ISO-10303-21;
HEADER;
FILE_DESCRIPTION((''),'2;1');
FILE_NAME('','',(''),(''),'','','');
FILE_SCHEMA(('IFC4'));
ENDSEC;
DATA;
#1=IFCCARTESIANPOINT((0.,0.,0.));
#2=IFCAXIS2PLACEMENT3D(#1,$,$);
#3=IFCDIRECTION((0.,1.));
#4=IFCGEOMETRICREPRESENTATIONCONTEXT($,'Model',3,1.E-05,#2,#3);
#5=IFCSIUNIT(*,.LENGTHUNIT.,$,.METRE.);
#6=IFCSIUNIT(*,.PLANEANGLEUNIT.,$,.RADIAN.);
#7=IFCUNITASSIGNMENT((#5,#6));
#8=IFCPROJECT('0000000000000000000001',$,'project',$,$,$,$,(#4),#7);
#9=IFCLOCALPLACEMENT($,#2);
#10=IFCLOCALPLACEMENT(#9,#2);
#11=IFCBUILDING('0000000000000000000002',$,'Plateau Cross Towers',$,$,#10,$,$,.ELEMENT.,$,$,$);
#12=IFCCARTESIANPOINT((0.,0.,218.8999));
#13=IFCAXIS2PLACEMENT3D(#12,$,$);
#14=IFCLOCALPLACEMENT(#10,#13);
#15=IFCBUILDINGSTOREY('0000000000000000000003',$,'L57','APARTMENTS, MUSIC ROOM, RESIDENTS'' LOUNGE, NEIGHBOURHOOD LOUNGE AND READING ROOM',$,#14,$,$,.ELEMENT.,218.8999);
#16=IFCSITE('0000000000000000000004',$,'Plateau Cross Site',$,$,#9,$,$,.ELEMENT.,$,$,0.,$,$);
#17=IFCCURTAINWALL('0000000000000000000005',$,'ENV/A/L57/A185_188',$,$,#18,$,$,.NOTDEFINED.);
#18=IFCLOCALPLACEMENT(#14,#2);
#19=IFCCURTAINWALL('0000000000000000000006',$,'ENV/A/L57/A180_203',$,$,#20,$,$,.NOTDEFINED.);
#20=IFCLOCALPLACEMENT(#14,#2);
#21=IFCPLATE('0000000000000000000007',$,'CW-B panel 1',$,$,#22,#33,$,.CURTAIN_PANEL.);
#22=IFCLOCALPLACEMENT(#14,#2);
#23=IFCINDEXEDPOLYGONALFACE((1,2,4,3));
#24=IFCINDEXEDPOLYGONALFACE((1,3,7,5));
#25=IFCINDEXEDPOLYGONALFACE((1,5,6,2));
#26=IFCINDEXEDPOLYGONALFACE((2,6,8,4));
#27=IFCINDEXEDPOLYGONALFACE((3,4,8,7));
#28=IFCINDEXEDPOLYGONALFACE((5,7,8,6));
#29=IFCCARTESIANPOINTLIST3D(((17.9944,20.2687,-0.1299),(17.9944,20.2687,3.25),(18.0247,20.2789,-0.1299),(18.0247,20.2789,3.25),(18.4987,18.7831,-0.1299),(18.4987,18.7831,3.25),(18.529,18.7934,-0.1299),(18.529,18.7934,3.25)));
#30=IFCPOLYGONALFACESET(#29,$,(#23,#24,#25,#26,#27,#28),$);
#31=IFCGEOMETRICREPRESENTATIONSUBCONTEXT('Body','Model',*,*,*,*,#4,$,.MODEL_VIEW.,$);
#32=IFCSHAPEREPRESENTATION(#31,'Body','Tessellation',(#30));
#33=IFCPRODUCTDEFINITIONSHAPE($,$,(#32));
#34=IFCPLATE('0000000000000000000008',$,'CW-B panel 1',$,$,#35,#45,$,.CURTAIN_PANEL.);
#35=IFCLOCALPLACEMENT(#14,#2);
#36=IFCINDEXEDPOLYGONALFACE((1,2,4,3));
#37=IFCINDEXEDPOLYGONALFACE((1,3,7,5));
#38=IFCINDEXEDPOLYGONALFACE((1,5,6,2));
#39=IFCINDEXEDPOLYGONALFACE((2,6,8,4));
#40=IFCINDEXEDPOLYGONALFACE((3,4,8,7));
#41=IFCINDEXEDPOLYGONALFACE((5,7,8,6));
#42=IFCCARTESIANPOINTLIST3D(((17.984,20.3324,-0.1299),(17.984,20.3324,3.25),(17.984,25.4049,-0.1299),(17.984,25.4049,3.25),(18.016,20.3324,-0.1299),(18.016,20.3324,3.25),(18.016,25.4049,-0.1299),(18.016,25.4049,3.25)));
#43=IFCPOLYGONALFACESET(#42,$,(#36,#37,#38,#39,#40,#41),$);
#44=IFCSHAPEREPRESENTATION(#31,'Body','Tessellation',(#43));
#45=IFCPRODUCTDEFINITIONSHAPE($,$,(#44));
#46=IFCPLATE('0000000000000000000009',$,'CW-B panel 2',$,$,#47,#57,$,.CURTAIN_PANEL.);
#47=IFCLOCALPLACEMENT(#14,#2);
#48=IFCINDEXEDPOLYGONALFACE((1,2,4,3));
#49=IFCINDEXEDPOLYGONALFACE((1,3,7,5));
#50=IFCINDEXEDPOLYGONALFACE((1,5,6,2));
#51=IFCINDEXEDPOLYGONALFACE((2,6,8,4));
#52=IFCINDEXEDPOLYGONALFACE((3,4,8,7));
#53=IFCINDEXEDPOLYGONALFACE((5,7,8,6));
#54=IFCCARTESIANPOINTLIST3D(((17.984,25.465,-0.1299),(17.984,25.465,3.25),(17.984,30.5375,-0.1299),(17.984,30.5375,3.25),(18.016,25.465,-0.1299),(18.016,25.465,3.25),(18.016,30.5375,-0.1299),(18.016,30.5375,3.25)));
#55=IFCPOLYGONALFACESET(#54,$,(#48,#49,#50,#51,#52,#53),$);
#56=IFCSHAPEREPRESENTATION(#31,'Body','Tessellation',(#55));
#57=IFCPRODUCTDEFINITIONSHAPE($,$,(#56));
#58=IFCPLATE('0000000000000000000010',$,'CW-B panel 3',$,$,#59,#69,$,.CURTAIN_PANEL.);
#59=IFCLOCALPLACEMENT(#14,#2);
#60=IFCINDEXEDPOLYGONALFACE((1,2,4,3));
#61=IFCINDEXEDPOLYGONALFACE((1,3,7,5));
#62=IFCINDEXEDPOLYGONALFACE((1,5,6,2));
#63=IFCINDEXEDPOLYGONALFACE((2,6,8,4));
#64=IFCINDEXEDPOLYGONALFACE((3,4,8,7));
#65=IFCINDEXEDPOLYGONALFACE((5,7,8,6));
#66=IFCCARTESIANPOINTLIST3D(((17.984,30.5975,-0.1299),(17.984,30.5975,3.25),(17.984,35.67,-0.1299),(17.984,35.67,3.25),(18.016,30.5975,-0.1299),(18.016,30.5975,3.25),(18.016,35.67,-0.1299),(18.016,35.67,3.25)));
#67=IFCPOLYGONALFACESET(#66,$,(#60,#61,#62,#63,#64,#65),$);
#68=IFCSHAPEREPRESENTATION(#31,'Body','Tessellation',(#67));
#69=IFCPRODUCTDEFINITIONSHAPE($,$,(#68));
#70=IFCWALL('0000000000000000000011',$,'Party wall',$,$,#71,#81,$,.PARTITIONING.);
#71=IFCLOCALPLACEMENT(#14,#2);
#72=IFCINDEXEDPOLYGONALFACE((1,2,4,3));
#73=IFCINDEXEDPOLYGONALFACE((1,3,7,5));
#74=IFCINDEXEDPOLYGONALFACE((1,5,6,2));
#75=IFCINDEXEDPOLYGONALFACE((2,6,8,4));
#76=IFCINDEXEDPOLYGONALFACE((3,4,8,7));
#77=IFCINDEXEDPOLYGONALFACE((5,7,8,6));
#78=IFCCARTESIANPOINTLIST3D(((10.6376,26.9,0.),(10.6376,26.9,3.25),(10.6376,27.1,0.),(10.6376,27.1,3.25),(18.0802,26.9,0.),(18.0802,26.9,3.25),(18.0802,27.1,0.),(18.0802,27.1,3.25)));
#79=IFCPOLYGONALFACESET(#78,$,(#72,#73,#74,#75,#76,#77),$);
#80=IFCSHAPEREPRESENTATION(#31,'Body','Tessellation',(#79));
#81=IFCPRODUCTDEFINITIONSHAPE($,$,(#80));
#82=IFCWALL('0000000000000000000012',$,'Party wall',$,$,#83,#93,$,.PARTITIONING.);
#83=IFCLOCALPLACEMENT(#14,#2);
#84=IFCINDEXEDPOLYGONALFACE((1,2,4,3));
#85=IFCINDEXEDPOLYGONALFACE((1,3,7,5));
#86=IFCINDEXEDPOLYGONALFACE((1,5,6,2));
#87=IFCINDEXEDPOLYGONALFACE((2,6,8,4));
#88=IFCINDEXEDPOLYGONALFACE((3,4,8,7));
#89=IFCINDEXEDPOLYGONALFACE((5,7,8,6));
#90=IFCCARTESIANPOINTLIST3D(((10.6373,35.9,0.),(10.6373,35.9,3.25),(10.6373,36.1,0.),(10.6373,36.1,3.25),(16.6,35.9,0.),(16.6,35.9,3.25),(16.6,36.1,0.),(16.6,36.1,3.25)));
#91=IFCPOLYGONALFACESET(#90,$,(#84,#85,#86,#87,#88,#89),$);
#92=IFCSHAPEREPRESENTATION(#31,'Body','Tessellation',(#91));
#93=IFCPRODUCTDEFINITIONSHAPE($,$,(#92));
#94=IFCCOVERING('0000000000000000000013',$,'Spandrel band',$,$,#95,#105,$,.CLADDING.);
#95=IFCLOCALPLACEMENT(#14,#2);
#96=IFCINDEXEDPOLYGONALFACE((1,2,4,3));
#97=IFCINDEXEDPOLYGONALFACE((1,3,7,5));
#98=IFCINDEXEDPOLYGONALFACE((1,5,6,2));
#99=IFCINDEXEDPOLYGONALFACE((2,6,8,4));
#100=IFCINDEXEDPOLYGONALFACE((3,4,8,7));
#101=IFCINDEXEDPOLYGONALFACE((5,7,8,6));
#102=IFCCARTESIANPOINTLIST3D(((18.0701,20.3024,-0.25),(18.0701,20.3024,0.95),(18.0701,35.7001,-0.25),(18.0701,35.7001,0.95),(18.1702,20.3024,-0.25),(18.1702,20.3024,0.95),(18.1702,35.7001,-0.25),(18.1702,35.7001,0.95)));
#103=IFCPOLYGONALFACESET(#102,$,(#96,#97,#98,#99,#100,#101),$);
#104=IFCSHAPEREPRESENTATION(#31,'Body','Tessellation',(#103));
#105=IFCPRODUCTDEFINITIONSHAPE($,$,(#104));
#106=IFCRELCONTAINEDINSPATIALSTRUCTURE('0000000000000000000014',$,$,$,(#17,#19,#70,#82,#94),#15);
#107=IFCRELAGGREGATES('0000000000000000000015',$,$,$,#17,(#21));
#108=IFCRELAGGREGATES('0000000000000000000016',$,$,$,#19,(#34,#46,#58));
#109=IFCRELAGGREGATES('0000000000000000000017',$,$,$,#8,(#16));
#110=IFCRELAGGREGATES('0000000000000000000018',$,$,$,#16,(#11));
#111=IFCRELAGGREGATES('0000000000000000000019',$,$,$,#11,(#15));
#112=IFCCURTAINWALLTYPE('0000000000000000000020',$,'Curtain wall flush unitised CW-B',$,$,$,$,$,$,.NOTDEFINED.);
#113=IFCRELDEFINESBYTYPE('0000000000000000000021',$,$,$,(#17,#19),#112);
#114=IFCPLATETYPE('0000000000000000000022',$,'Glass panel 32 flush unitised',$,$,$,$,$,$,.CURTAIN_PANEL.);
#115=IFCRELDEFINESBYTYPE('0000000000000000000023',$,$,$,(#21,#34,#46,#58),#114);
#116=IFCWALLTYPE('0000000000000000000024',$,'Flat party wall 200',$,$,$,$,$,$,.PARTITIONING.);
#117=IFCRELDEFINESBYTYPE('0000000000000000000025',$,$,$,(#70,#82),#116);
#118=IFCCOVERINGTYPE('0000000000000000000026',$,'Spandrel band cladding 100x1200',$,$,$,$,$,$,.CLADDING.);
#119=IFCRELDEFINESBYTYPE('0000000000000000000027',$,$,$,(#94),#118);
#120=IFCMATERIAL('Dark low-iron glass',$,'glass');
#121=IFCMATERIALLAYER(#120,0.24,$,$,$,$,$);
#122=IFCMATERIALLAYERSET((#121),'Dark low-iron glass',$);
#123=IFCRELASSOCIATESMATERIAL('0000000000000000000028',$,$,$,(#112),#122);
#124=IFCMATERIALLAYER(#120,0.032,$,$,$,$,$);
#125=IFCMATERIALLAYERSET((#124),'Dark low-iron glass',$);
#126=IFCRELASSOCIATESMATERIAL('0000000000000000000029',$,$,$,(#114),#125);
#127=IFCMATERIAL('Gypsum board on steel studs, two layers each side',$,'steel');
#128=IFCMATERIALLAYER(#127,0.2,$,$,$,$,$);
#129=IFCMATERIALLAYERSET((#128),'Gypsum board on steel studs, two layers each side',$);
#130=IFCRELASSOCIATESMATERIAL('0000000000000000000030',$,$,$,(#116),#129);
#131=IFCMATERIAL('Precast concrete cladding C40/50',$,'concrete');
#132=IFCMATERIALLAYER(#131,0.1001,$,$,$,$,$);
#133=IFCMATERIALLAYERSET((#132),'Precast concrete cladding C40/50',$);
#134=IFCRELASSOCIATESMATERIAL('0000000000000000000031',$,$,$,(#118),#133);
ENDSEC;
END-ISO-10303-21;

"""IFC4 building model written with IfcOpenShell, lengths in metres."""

from ifc_helpers import new_model, si_unit, direction, frame, frame_2d, origin, origin_2d, place, context, subcontext, project, spatial, rectangle, extrude, material, layer, layer_set, type_object, element, aggregate, save


model = new_model("IFC4")

# Units and contexts
model_context = context("Model", 3, precision=1e-05, world=origin(), true_north=direction((0.0, 1.0)))
body_context = subcontext(model_context, "Body", "Model", "MODEL_VIEW")
ifc_project = project(units=[si_unit("LENGTHUNIT", "METRE"), si_unit("PLANEANGLEUNIT", "RADIAN")], contexts=[model_context])

# Site, building, storey
site_placement = place(None, origin())
site = spatial("IfcSite", under=ifc_project, at=site_placement, Name="Plateau Cross Site", CompositionType="ELEMENT", RefElevation=0.0)
building_placement = place(site_placement, origin())
building = spatial("IfcBuilding", under=site, at=building_placement, Name="Plateau Cross Towers", CompositionType="ELEMENT")
storey_placement = place(building_placement, frame((0.0, 0.0, 218.8999)))
storey = spatial("IfcBuildingStorey", under=building, at=storey_placement, Name="L57", Description="APARTMENTS, MUSIC ROOM, RESIDENTS' LOUNGE, NEIGHBOURHOOD LOUNGE AND READING ROOM", CompositionType="ELEMENT", Elevation=218.8999)

# Curtain wall
ifc_material_1 = material(Name="Dark low-iron glass", Category="glass")
ifc_layer_1 = layer(ifc_material_1, 0.24)
ifc_layer_set_1 = layer_set([ifc_layer_1], Name="Dark low-iron glass")
curtain_wall_type_1 = type_object("IfcCurtainWallType", Name="Curtain wall flush unitised CW-B", PredefinedType="NOTDEFINED", material=ifc_layer_set_1)
curtain_wall_1_placement = place(storey_placement, origin())
curtain_wall_1 = element("IfcCurtainWall", 1, at=curtain_wall_1_placement, inside=storey, type_object=curtain_wall_type_1, Name="ENV/A/L57/A185_188", PredefinedType="NOTDEFINED")

# Curtain wall
curtain_wall_2_placement = place(storey_placement, origin())
curtain_wall_2 = element("IfcCurtainWall", 2, at=curtain_wall_2_placement, inside=storey, type_object=curtain_wall_type_1, Name="ENV/A/L57/A180_203", PredefinedType="NOTDEFINED")

# Plates
ifc_layer_2 = layer(ifc_material_1, 0.032)
ifc_layer_set_2 = layer_set([ifc_layer_2], Name="Dark low-iron glass")
plate_type = type_object("IfcPlateType", Name="Glass panel 32 flush unitised", PredefinedType="CURTAIN_PANEL", material=ifc_layer_set_2)
plate_1_placement = place(storey_placement, frame((18.2617, 19.531, -0.1299), z_axis=(0.0, 0.0, 1.0), x_axis=(-0.321469, 0.94692, 0.0)))
plate_1 = element("IfcPlate", 3, at=plate_1_placement, type_object=plate_type, Name="CW-B panel 1", PredefinedType="CURTAIN_PANEL", context=body_context, shape_type="SweptSolid", body=[
    extrude(rectangle(XDim=1.5688, YDim=0.032, at=origin_2d()), origin(), (0.0, 0.0, 1.0), 3.3799),
])
aggregate(curtain_wall_1, [plate_1])
plate_2_placement = place(storey_placement, frame((18.0, 22.8687, -0.1299), z_axis=(0.0, 0.0, 1.0), x_axis=(0.0, 1.0, 0.0)))
plate_2 = element("IfcPlate", 4, at=plate_2_placement, type_object=plate_type, Name="CW-B panel 1", PredefinedType="CURTAIN_PANEL", context=body_context, shape_type="SweptSolid", body=[
    extrude(rectangle(XDim=5.0725, YDim=0.032, at=origin_2d()), origin(), (0.0, 0.0, 1.0), 3.3799),
])
plate_3_placement = place(storey_placement, frame((18.0, 28.0012, -0.1299), z_axis=(0.0, 0.0, 1.0), x_axis=(0.0, 1.0, 0.0)))
plate_3 = element("IfcPlate", 5, at=plate_3_placement, type_object=plate_type, Name="CW-B panel 2", PredefinedType="CURTAIN_PANEL", context=body_context, shape_type="SweptSolid", body=[
    extrude(rectangle(XDim=5.0725, YDim=0.032, at=origin_2d()), origin(), (0.0, 0.0, 1.0), 3.3799),
])
plate_4_placement = place(storey_placement, frame((18.0, 33.1338, -0.1299), z_axis=(0.0, 0.0, 1.0), x_axis=(0.0, 1.0, 0.0)))
plate_4 = element("IfcPlate", 6, at=plate_4_placement, type_object=plate_type, Name="CW-B panel 3", PredefinedType="CURTAIN_PANEL", context=body_context, shape_type="SweptSolid", body=[
    extrude(rectangle(XDim=5.0725, YDim=0.032, at=origin_2d()), origin(), (0.0, 0.0, 1.0), 3.3799),
])
aggregate(curtain_wall_2, [plate_2, plate_3, plate_4])

# Walls
ifc_material_2 = material(Name="Gypsum board on steel studs, two layers each side", Category="steel")
ifc_layer_3 = layer(ifc_material_2, 0.2)
ifc_layer_set_3 = layer_set([ifc_layer_3], Name="Gypsum board on steel studs, two layers each side")
wall_type = type_object("IfcWallType", Name="Flat party wall 200", PredefinedType="PARTITIONING", material=ifc_layer_set_3)
wall_1_placement = place(storey_placement, frame((18.0801, 27.0, 0.0), z_axis=(0.0, 0.0, 1.0), x_axis=(-1.0, 0.0, 0.0)))
element("IfcWall", 7, at=wall_1_placement, inside=storey, type_object=wall_type, Name="Party wall", PredefinedType="PARTITIONING", context=body_context, shape_type="SweptSolid", body=[
    extrude(rectangle(XDim=7.4426, YDim=0.2, at=frame_2d((3.7212, 0.0))), origin(), (0.0, 0.0, 1.0), 3.25),
])
wall_2_placement = place(storey_placement, frame((16.6001, 36.0, 0.0), z_axis=(0.0, 0.0, 1.0), x_axis=(-1.0, 0.0, 0.0)))
element("IfcWall", 8, at=wall_2_placement, inside=storey, type_object=wall_type, Name="Party wall", PredefinedType="PARTITIONING", context=body_context, shape_type="SweptSolid", body=[
    extrude(rectangle(XDim=5.9626, YDim=0.2, at=frame_2d((2.9814, 0.0))), origin(), (0.0, 0.0, 1.0), 3.25),
])

# Covering
ifc_material_3 = material(Name="Precast concrete cladding C40/50", Category="concrete")
ifc_layer_4 = layer(ifc_material_3, 0.1001)
ifc_layer_set_4 = layer_set([ifc_layer_4], Name="Precast concrete cladding C40/50")
covering_type = type_object("IfcCoveringType", Name="Spandrel band cladding 100x1200", PredefinedType="CLADDING", material=ifc_layer_set_4)
covering_placement = place(storey_placement, frame((18.1201, 28.0012, -0.25), z_axis=(0.0, 0.0, 1.0), x_axis=(0.0, 1.0, 0.0)))
element("IfcCovering", 9, at=covering_placement, inside=storey, type_object=covering_type, Name="Spandrel band", PredefinedType="CLADDING", context=body_context, shape_type="SweptSolid", body=[
    extrude(rectangle(XDim=15.3977, YDim=0.1001, at=origin_2d()), origin(), (0.0, 0.0, 1.0), 1.2),
])

save(model, "model.ifc")
